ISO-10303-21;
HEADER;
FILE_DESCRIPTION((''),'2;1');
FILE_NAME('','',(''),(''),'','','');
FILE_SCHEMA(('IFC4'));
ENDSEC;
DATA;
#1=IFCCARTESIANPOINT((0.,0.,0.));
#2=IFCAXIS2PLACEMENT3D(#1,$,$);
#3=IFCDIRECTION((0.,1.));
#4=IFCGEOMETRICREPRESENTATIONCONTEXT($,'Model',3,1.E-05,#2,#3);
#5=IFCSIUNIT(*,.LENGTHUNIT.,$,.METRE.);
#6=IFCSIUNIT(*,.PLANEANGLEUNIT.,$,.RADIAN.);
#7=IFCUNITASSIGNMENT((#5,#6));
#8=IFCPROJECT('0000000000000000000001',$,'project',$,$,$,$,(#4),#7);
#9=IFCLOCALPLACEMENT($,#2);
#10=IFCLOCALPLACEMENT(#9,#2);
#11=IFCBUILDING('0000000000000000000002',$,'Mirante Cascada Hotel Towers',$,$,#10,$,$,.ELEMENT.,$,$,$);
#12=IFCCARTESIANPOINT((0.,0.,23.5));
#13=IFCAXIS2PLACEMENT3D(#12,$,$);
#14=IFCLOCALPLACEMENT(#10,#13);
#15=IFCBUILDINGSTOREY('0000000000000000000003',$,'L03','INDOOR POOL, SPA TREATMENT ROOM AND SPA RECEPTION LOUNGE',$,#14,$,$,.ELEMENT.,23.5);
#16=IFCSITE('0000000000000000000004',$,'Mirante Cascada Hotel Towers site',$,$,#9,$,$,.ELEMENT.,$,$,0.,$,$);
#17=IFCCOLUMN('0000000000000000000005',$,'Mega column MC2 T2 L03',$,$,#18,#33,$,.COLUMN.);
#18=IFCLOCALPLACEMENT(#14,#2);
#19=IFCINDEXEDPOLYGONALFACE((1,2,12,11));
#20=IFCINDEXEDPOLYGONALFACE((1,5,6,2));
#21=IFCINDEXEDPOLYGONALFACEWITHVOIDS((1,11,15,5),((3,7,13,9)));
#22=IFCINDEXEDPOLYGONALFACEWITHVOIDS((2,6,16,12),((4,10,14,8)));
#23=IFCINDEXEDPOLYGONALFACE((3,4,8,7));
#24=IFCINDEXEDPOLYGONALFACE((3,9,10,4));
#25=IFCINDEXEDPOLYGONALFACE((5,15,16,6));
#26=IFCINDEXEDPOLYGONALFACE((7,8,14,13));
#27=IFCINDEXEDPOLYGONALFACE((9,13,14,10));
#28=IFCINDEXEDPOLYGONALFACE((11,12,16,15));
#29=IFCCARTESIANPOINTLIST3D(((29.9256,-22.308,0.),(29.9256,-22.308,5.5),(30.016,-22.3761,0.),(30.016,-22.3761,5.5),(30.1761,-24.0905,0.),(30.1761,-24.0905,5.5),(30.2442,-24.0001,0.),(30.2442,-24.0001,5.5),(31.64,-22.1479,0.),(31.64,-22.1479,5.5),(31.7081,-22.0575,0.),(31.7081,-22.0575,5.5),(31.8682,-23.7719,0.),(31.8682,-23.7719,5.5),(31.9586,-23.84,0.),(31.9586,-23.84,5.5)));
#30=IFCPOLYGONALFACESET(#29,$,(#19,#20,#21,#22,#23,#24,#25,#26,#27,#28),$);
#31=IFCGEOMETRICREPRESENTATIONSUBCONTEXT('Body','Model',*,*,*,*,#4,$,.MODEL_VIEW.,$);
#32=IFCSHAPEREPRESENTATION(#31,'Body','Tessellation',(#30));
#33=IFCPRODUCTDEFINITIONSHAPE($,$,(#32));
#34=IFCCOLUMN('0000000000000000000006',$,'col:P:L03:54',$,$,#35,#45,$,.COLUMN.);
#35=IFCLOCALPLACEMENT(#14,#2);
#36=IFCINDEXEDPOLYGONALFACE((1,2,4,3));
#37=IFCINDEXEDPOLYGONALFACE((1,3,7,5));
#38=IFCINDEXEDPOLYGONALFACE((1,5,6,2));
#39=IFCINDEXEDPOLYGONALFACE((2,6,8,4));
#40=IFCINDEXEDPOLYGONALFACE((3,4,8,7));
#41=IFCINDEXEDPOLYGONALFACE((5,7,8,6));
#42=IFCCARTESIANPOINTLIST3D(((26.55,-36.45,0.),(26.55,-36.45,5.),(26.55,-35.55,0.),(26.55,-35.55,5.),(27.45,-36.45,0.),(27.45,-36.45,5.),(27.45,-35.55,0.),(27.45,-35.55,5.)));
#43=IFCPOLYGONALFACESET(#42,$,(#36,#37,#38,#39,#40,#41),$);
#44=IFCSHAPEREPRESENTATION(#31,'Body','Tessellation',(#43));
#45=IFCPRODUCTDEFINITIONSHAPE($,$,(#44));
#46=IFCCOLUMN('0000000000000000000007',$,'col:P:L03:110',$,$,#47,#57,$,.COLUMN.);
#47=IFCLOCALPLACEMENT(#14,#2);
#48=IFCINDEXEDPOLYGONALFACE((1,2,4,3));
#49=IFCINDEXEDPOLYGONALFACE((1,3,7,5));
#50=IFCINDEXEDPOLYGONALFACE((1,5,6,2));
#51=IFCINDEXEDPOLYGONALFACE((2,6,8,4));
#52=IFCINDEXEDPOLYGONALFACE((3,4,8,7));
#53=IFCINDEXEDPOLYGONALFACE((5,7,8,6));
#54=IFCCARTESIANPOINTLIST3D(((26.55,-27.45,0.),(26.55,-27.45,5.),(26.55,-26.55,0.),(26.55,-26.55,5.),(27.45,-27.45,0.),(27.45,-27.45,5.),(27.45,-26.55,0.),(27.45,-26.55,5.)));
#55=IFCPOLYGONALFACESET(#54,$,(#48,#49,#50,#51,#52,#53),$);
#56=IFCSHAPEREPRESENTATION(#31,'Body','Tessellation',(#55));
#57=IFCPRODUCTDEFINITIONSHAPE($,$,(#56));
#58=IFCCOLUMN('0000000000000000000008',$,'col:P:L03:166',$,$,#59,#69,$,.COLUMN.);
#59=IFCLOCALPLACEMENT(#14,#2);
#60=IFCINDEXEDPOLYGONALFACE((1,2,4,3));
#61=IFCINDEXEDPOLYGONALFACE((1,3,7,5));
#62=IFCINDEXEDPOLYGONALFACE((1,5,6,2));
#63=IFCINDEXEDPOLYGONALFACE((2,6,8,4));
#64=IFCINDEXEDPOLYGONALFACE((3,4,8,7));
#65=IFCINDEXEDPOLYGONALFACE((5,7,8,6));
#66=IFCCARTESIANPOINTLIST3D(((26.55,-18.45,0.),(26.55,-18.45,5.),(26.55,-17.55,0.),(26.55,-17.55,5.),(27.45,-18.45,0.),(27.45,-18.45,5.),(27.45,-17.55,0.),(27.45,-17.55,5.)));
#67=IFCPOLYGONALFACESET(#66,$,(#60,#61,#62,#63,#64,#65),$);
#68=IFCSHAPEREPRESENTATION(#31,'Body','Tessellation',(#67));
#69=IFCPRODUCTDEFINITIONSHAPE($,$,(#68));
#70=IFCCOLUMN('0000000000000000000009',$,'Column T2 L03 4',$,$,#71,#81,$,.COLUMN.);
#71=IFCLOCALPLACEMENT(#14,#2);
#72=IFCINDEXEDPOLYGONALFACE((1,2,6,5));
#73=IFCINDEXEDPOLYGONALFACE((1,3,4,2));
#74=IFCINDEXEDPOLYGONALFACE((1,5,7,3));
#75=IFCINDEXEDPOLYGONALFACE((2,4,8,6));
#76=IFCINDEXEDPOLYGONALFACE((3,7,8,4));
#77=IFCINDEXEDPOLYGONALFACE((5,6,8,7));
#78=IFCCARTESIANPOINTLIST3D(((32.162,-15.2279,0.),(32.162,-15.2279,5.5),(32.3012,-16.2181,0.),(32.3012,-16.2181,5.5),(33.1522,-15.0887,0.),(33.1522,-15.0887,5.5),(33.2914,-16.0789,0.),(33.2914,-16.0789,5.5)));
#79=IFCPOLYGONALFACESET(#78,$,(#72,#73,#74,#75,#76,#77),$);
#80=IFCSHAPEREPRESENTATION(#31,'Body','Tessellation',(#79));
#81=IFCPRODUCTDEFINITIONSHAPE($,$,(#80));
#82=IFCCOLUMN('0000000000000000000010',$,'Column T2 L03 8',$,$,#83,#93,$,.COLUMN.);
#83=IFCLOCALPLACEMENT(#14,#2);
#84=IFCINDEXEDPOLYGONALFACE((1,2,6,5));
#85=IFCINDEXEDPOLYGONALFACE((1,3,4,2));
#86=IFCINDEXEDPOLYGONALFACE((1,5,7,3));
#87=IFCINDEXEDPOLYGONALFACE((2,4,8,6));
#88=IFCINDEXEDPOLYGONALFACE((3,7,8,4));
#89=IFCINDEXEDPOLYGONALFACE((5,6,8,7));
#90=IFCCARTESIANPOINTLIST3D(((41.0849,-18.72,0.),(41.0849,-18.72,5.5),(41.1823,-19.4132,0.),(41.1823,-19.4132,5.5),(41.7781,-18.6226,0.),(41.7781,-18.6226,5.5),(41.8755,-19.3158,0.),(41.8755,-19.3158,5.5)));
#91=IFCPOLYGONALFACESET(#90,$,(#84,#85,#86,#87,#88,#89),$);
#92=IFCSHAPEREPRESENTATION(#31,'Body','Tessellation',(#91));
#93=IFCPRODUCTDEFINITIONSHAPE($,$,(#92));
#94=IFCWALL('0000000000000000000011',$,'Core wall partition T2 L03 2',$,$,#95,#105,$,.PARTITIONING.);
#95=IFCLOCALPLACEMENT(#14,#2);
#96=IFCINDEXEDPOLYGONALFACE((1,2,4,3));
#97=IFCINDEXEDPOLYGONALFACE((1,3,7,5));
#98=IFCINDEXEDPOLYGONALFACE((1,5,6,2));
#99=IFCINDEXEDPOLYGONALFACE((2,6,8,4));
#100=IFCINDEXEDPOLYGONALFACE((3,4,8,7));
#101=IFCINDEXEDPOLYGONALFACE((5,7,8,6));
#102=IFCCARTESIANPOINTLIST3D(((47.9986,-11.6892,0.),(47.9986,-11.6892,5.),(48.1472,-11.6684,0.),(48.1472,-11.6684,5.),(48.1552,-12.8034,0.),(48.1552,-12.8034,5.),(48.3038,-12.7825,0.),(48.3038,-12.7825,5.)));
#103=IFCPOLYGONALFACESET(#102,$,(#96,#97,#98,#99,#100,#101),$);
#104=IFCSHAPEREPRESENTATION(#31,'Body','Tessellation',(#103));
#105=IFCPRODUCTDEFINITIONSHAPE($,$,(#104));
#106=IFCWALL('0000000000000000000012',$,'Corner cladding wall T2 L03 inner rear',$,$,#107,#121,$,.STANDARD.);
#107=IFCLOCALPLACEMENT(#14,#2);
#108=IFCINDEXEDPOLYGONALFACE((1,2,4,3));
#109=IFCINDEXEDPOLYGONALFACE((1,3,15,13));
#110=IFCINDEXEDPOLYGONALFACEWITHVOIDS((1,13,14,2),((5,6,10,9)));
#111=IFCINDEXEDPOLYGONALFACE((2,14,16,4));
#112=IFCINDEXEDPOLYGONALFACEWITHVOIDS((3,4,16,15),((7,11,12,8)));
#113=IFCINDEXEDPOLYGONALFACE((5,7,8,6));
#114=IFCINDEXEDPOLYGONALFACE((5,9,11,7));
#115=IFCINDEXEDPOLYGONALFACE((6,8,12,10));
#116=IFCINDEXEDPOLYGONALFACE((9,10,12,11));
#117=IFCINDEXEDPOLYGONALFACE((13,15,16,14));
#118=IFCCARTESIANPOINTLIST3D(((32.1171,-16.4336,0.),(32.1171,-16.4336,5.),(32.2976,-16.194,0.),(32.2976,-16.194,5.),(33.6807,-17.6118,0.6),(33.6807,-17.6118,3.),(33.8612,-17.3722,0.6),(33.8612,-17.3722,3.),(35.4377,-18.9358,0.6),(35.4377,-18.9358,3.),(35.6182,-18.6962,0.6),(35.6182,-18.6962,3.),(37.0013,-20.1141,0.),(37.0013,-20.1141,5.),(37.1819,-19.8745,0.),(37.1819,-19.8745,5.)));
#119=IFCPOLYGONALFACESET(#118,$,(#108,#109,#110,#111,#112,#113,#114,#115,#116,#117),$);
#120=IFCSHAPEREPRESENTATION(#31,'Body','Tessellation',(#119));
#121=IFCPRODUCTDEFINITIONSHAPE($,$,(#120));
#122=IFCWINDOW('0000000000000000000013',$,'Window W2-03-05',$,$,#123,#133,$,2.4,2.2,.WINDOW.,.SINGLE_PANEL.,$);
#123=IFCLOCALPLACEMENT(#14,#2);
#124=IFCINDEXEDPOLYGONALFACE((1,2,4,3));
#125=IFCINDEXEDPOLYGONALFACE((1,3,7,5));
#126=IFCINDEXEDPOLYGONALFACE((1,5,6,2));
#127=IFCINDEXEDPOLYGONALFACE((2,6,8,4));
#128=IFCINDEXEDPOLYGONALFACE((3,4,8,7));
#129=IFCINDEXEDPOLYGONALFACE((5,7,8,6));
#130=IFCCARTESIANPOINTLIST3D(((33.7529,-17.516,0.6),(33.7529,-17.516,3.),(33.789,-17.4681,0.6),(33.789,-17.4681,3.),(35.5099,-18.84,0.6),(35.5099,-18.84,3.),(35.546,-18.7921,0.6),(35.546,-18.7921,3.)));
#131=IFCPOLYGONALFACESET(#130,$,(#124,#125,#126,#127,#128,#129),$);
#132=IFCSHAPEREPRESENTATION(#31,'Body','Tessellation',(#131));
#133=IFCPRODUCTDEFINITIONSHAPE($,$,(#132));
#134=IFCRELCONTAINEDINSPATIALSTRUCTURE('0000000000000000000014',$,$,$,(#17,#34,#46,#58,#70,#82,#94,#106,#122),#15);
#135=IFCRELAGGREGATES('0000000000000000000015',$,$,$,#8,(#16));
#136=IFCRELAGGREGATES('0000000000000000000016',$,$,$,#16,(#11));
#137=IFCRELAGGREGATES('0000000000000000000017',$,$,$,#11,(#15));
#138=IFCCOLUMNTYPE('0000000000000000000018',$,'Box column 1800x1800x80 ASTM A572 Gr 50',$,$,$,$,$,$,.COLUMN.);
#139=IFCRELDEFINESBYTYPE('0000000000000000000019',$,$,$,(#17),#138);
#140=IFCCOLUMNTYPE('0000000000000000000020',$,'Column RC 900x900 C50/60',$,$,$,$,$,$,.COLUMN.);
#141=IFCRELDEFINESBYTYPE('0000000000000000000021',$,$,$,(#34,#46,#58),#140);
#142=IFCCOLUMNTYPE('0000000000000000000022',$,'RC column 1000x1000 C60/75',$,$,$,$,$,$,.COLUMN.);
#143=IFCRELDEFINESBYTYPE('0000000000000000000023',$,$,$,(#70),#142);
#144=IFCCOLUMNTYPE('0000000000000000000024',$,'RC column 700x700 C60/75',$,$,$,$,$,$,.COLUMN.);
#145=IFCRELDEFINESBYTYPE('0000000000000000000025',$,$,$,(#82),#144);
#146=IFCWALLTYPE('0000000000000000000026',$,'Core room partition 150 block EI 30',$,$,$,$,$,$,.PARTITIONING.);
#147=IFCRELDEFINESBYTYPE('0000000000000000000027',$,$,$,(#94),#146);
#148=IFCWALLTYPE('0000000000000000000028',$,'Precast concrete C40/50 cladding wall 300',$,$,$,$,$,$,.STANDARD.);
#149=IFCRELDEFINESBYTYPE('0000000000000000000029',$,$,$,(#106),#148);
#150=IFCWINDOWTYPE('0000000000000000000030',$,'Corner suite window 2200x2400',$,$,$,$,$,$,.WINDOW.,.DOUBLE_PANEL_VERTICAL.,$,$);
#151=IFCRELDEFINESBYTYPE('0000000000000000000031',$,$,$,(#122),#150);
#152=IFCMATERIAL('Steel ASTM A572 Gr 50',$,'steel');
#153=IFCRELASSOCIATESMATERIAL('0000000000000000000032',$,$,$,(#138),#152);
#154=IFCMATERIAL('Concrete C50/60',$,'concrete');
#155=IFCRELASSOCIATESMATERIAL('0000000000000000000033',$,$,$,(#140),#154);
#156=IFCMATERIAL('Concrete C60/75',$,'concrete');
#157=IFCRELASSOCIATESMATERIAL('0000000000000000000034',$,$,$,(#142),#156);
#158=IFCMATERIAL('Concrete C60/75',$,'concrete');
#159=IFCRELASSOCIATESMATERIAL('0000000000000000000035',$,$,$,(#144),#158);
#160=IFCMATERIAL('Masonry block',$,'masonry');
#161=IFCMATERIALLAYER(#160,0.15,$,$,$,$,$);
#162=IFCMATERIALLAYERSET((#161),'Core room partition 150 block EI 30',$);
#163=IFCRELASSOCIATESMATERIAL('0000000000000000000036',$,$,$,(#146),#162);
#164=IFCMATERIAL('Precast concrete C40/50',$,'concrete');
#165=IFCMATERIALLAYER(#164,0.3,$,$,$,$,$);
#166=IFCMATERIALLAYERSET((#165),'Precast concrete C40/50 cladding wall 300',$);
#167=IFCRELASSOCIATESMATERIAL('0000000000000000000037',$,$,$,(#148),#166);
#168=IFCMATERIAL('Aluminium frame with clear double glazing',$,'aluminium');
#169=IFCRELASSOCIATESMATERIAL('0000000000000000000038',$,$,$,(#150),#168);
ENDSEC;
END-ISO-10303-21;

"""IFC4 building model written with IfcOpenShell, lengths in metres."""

from ifc_helpers import new_model, si_unit, direction, frame, frame_2d, origin, origin_2d, place, context, subcontext, project, spatial, rectangle, hollow_rectangle, extrude, material, layer, layer_set, material_profile, profile_set, type_object, element, fill, save


model = new_model("IFC4")

# Units and contexts
model_context = context("Model", 3, precision=1e-05, world=origin(), true_north=direction((0.0, 1.0)))
body_context = subcontext(model_context, "Body", "Model", "MODEL_VIEW")
ifc_project = project(units=[si_unit("LENGTHUNIT", "METRE"), si_unit("PLANEANGLEUNIT", "RADIAN")], contexts=[model_context])

# Site, building, storey
site_placement = place(None, origin())
site = spatial("IfcSite", under=ifc_project, at=site_placement, Name="Mirante Cascada Hotel Towers site", CompositionType="ELEMENT", RefElevation=0.0)
building_placement = place(site_placement, origin())
building = spatial("IfcBuilding", under=site, at=building_placement, Name="Mirante Cascada Hotel Towers", CompositionType="ELEMENT")
storey_placement = place(building_placement, frame((0.0, 0.0, 23.5)))
storey = spatial("IfcBuildingStorey", under=building, at=storey_placement, Name="L03", Description="INDOOR POOL, SPA TREATMENT ROOM AND SPA RECEPTION LOUNGE", CompositionType="ELEMENT", Elevation=23.5)

# Columns
ifc_material_1 = material(Name="Steel ASTM A572 Gr 50", Category="steel")
ifc_material_profile_1 = material_profile(ifc_material_1, hollow_rectangle(XDim=1.8, YDim=1.8, WallThickness=0.08, at=origin_2d()), Name="Box column 1800x1800x80 ASTM A572 Gr 50")
ifc_profile_set_1 = profile_set([ifc_material_profile_1], Name="Steel ASTM A572 Gr 50")
column_type_1 = type_object("IfcColumnType", Name="Box column 1800x1800x80 ASTM A572 Gr 50", PredefinedType="COLUMN", material=ifc_profile_set_1)
column_1_placement = place(storey_placement, frame((30.9421, -23.074, 0.0), z_axis=(0.0, 0.0, 1.0), x_axis=(0.990268, 0.139173, 0.0)))
element("IfcColumn", 1, at=column_1_placement, inside=storey, type_object=column_type_1, Name="Mega column MC2 T2 L03", PredefinedType="COLUMN", context=body_context, shape_type="SweptSolid", body=[
    extrude(hollow_rectangle(XDim=1.8, YDim=1.8, WallThickness=0.08, at=origin_2d()), origin(), (0.0, 0.0, 1.0), 5.5),
])
ifc_material_2 = material(Name="Concrete C50/60", Category="concrete")
ifc_material_profile_2 = material_profile(ifc_material_2, rectangle(XDim=0.9, YDim=0.9, at=origin_2d()), Name="RC 900x900")
ifc_profile_set_2 = profile_set([ifc_material_profile_2], Name="Concrete C50/60")
column_type_2 = type_object("IfcColumnType", Name="Column RC 900x900 C50/60", PredefinedType="COLUMN", material=ifc_profile_set_2)
for number, where, z_axis, x_axis, name in (
    (2, (27.0, -36.0, 0.0), (0.0, 0.0, 1.0), (1.0, 0.0, 0.0), "col:P:L03:54"),
    (3, (27.0, -27.0, 0.0), (0.0, 0.0, 1.0), (1.0, 0.0, 0.0), "col:P:L03:110"),
    (4, (27.0, -18.0, 0.0), (0.0, 0.0, 1.0), (1.0, 0.0, 0.0), "col:P:L03:166"),
):
    element("IfcColumn", number, at=place(storey_placement, frame(where, z_axis=z_axis, x_axis=x_axis)), inside=storey, type_object=column_type_2, Name=name, PredefinedType="COLUMN", context=body_context, shape_type="SweptSolid", body=[
        extrude(rectangle(XDim=0.9, YDim=0.9, at=origin_2d()), origin(), (0.0, 0.0, 1.0), 5.0),
    ])
ifc_material_3 = material(Name="Concrete C60/75", Category="concrete")
ifc_material_profile_3 = material_profile(ifc_material_3, rectangle(XDim=1.0, YDim=1.0, at=origin_2d()), Name="RC column 1000x1000 C60/75")
ifc_profile_set_3 = profile_set([ifc_material_profile_3], Name="Concrete C60/75")
column_type_3 = type_object("IfcColumnType", Name="RC column 1000x1000 C60/75", PredefinedType="COLUMN", material=ifc_profile_set_3)
column_2_placement = place(storey_placement, frame((32.7267, -15.6534, 0.0), z_axis=(0.0, 0.0, 1.0), x_axis=(0.990268, 0.139173, 0.0)))
element("IfcColumn", 5, at=column_2_placement, inside=storey, type_object=column_type_3, Name="Column T2 L03 4", PredefinedType="COLUMN", context=body_context, shape_type="SweptSolid", body=[
    extrude(rectangle(XDim=1.0, YDim=1.0, at=origin_2d()), origin(), (0.0, 0.0, 1.0), 5.5),
])
ifc_material_4 = material(Name="Concrete C60/75", Category="concrete")
ifc_material_profile_4 = material_profile(ifc_material_4, rectangle(XDim=0.7, YDim=0.7, at=origin_2d()), Name="RC column 700x700 C60/75")
ifc_profile_set_4 = profile_set([ifc_material_profile_4], Name="Concrete C60/75")
column_type_4 = type_object("IfcColumnType", Name="RC column 700x700 C60/75", PredefinedType="COLUMN", material=ifc_profile_set_4)
column_3_placement = place(storey_placement, frame((41.4802, -19.0179, 0.0), z_axis=(0.0, 0.0, 1.0), x_axis=(0.990268, 0.139173, 0.0)))
element("IfcColumn", 6, at=column_3_placement, inside=storey, type_object=column_type_4, Name="Column T2 L03 8", PredefinedType="COLUMN", context=body_context, shape_type="SweptSolid", body=[
    extrude(rectangle(XDim=0.7, YDim=0.7, at=origin_2d()), origin(), (0.0, 0.0, 1.0), 5.5),
])

# Wall
ifc_material_5 = material(Name="Masonry block", Category="masonry")
ifc_layer_1 = layer(ifc_material_5, 0.15)
ifc_layer_set_1 = layer_set([ifc_layer_1], Name="Core room partition 150 block EI 30")
wall_type_1 = type_object("IfcWallType", Name="Core room partition 150 block EI 30", PredefinedType="PARTITIONING", material=ifc_layer_set_1)
wall_1_placement = place(storey_placement, frame((48.2295, -12.793, 0.0), z_axis=(0.0, 0.0, 1.0), x_axis=(-0.139193, 0.990265, 0.0)))
element("IfcWall", 7, at=wall_1_placement, inside=storey, type_object=wall_type_1, Name="Core wall partition T2 L03 2", PredefinedType="PARTITIONING", context=body_context, shape_type="SweptSolid", body=[
    extrude(rectangle(XDim=1.1251, YDim=0.15, at=frame_2d((0.5626, 0.0))), origin(), (0.0, 0.0, 1.0), 5.0),
])

# Wall, opening, window
ifc_material_6 = material(Name="Precast concrete C40/50", Category="concrete")
ifc_layer_2 = layer(ifc_material_6, 0.3)
ifc_layer_set_2 = layer_set([ifc_layer_2], Name="Precast concrete C40/50 cladding wall 300")
wall_type_2 = type_object("IfcWallType", Name="Precast concrete C40/50 cladding wall 300", PredefinedType="STANDARD", material=ifc_layer_set_2)
wall_2_placement = place(storey_placement, frame((32.2074, -16.3138, 0.0), z_axis=(0.0, 0.0, 1.0), x_axis=(0.798636, -0.601814, 0.0)))
wall_2 = element("IfcWall", 8, at=wall_2_placement, inside=storey, type_object=wall_type_2, Name="Corner cladding wall T2 L03 inner rear", PredefinedType="STANDARD", context=body_context, shape_type="SweptSolid", body=[
    extrude(rectangle(XDim=6.1157, YDim=0.3, at=frame_2d((3.0578, 0.0))), origin(), (0.0, 0.0, 1.0), 5.0),
])
opening_1_placement = place(wall_2_placement, frame((1.9578, 0.0, 0.6)))
opening_1 = element("IfcOpeningElement", 9, at=opening_1_placement, cuts=wall_2, PredefinedType="OPENING", context=body_context, shape_type="SweptSolid", body=[
    extrude(rectangle(XDim=2.2, YDim=2.4, at=frame_2d((1.1, 1.2))), frame((0.0, 0.15, 0.0), z_axis=(0.0, -1.0, 0.0), x_axis=(1.0, 0.0, 0.0)), (0.0, 0.0, 1.0), 0.3),
])
ifc_material_7 = material(Name="Aluminium frame with clear double glazing", Category="aluminium")
window_type_1 = type_object("IfcWindowType", Name="Corner suite window 2200x2400", PartitioningType="DOUBLE_PANEL_VERTICAL", PredefinedType="WINDOW", material=ifc_material_7)
window_1_placement = place(opening_1_placement, origin())
window_1 = element("IfcWindow", 10, at=window_1_placement, inside=storey, type_object=window_type_1, Name="Window W2-03-05", OverallHeight=2.4, OverallWidth=2.2, PartitioningType="SINGLE_PANEL", PredefinedType="WINDOW", context=body_context, shape_type="SweptSolid", body=[
    extrude(rectangle(XDim=2.2, YDim=2.4, at=frame_2d((1.1, 1.2))), frame((0.0, 0.03, 0.0), z_axis=(0.0, -1.0, 0.0), x_axis=(1.0, 0.0, 0.0)), (0.0, 0.0, 1.0), 0.06),
])
fill(opening_1, window_1)

save(model, "model.ifc")
